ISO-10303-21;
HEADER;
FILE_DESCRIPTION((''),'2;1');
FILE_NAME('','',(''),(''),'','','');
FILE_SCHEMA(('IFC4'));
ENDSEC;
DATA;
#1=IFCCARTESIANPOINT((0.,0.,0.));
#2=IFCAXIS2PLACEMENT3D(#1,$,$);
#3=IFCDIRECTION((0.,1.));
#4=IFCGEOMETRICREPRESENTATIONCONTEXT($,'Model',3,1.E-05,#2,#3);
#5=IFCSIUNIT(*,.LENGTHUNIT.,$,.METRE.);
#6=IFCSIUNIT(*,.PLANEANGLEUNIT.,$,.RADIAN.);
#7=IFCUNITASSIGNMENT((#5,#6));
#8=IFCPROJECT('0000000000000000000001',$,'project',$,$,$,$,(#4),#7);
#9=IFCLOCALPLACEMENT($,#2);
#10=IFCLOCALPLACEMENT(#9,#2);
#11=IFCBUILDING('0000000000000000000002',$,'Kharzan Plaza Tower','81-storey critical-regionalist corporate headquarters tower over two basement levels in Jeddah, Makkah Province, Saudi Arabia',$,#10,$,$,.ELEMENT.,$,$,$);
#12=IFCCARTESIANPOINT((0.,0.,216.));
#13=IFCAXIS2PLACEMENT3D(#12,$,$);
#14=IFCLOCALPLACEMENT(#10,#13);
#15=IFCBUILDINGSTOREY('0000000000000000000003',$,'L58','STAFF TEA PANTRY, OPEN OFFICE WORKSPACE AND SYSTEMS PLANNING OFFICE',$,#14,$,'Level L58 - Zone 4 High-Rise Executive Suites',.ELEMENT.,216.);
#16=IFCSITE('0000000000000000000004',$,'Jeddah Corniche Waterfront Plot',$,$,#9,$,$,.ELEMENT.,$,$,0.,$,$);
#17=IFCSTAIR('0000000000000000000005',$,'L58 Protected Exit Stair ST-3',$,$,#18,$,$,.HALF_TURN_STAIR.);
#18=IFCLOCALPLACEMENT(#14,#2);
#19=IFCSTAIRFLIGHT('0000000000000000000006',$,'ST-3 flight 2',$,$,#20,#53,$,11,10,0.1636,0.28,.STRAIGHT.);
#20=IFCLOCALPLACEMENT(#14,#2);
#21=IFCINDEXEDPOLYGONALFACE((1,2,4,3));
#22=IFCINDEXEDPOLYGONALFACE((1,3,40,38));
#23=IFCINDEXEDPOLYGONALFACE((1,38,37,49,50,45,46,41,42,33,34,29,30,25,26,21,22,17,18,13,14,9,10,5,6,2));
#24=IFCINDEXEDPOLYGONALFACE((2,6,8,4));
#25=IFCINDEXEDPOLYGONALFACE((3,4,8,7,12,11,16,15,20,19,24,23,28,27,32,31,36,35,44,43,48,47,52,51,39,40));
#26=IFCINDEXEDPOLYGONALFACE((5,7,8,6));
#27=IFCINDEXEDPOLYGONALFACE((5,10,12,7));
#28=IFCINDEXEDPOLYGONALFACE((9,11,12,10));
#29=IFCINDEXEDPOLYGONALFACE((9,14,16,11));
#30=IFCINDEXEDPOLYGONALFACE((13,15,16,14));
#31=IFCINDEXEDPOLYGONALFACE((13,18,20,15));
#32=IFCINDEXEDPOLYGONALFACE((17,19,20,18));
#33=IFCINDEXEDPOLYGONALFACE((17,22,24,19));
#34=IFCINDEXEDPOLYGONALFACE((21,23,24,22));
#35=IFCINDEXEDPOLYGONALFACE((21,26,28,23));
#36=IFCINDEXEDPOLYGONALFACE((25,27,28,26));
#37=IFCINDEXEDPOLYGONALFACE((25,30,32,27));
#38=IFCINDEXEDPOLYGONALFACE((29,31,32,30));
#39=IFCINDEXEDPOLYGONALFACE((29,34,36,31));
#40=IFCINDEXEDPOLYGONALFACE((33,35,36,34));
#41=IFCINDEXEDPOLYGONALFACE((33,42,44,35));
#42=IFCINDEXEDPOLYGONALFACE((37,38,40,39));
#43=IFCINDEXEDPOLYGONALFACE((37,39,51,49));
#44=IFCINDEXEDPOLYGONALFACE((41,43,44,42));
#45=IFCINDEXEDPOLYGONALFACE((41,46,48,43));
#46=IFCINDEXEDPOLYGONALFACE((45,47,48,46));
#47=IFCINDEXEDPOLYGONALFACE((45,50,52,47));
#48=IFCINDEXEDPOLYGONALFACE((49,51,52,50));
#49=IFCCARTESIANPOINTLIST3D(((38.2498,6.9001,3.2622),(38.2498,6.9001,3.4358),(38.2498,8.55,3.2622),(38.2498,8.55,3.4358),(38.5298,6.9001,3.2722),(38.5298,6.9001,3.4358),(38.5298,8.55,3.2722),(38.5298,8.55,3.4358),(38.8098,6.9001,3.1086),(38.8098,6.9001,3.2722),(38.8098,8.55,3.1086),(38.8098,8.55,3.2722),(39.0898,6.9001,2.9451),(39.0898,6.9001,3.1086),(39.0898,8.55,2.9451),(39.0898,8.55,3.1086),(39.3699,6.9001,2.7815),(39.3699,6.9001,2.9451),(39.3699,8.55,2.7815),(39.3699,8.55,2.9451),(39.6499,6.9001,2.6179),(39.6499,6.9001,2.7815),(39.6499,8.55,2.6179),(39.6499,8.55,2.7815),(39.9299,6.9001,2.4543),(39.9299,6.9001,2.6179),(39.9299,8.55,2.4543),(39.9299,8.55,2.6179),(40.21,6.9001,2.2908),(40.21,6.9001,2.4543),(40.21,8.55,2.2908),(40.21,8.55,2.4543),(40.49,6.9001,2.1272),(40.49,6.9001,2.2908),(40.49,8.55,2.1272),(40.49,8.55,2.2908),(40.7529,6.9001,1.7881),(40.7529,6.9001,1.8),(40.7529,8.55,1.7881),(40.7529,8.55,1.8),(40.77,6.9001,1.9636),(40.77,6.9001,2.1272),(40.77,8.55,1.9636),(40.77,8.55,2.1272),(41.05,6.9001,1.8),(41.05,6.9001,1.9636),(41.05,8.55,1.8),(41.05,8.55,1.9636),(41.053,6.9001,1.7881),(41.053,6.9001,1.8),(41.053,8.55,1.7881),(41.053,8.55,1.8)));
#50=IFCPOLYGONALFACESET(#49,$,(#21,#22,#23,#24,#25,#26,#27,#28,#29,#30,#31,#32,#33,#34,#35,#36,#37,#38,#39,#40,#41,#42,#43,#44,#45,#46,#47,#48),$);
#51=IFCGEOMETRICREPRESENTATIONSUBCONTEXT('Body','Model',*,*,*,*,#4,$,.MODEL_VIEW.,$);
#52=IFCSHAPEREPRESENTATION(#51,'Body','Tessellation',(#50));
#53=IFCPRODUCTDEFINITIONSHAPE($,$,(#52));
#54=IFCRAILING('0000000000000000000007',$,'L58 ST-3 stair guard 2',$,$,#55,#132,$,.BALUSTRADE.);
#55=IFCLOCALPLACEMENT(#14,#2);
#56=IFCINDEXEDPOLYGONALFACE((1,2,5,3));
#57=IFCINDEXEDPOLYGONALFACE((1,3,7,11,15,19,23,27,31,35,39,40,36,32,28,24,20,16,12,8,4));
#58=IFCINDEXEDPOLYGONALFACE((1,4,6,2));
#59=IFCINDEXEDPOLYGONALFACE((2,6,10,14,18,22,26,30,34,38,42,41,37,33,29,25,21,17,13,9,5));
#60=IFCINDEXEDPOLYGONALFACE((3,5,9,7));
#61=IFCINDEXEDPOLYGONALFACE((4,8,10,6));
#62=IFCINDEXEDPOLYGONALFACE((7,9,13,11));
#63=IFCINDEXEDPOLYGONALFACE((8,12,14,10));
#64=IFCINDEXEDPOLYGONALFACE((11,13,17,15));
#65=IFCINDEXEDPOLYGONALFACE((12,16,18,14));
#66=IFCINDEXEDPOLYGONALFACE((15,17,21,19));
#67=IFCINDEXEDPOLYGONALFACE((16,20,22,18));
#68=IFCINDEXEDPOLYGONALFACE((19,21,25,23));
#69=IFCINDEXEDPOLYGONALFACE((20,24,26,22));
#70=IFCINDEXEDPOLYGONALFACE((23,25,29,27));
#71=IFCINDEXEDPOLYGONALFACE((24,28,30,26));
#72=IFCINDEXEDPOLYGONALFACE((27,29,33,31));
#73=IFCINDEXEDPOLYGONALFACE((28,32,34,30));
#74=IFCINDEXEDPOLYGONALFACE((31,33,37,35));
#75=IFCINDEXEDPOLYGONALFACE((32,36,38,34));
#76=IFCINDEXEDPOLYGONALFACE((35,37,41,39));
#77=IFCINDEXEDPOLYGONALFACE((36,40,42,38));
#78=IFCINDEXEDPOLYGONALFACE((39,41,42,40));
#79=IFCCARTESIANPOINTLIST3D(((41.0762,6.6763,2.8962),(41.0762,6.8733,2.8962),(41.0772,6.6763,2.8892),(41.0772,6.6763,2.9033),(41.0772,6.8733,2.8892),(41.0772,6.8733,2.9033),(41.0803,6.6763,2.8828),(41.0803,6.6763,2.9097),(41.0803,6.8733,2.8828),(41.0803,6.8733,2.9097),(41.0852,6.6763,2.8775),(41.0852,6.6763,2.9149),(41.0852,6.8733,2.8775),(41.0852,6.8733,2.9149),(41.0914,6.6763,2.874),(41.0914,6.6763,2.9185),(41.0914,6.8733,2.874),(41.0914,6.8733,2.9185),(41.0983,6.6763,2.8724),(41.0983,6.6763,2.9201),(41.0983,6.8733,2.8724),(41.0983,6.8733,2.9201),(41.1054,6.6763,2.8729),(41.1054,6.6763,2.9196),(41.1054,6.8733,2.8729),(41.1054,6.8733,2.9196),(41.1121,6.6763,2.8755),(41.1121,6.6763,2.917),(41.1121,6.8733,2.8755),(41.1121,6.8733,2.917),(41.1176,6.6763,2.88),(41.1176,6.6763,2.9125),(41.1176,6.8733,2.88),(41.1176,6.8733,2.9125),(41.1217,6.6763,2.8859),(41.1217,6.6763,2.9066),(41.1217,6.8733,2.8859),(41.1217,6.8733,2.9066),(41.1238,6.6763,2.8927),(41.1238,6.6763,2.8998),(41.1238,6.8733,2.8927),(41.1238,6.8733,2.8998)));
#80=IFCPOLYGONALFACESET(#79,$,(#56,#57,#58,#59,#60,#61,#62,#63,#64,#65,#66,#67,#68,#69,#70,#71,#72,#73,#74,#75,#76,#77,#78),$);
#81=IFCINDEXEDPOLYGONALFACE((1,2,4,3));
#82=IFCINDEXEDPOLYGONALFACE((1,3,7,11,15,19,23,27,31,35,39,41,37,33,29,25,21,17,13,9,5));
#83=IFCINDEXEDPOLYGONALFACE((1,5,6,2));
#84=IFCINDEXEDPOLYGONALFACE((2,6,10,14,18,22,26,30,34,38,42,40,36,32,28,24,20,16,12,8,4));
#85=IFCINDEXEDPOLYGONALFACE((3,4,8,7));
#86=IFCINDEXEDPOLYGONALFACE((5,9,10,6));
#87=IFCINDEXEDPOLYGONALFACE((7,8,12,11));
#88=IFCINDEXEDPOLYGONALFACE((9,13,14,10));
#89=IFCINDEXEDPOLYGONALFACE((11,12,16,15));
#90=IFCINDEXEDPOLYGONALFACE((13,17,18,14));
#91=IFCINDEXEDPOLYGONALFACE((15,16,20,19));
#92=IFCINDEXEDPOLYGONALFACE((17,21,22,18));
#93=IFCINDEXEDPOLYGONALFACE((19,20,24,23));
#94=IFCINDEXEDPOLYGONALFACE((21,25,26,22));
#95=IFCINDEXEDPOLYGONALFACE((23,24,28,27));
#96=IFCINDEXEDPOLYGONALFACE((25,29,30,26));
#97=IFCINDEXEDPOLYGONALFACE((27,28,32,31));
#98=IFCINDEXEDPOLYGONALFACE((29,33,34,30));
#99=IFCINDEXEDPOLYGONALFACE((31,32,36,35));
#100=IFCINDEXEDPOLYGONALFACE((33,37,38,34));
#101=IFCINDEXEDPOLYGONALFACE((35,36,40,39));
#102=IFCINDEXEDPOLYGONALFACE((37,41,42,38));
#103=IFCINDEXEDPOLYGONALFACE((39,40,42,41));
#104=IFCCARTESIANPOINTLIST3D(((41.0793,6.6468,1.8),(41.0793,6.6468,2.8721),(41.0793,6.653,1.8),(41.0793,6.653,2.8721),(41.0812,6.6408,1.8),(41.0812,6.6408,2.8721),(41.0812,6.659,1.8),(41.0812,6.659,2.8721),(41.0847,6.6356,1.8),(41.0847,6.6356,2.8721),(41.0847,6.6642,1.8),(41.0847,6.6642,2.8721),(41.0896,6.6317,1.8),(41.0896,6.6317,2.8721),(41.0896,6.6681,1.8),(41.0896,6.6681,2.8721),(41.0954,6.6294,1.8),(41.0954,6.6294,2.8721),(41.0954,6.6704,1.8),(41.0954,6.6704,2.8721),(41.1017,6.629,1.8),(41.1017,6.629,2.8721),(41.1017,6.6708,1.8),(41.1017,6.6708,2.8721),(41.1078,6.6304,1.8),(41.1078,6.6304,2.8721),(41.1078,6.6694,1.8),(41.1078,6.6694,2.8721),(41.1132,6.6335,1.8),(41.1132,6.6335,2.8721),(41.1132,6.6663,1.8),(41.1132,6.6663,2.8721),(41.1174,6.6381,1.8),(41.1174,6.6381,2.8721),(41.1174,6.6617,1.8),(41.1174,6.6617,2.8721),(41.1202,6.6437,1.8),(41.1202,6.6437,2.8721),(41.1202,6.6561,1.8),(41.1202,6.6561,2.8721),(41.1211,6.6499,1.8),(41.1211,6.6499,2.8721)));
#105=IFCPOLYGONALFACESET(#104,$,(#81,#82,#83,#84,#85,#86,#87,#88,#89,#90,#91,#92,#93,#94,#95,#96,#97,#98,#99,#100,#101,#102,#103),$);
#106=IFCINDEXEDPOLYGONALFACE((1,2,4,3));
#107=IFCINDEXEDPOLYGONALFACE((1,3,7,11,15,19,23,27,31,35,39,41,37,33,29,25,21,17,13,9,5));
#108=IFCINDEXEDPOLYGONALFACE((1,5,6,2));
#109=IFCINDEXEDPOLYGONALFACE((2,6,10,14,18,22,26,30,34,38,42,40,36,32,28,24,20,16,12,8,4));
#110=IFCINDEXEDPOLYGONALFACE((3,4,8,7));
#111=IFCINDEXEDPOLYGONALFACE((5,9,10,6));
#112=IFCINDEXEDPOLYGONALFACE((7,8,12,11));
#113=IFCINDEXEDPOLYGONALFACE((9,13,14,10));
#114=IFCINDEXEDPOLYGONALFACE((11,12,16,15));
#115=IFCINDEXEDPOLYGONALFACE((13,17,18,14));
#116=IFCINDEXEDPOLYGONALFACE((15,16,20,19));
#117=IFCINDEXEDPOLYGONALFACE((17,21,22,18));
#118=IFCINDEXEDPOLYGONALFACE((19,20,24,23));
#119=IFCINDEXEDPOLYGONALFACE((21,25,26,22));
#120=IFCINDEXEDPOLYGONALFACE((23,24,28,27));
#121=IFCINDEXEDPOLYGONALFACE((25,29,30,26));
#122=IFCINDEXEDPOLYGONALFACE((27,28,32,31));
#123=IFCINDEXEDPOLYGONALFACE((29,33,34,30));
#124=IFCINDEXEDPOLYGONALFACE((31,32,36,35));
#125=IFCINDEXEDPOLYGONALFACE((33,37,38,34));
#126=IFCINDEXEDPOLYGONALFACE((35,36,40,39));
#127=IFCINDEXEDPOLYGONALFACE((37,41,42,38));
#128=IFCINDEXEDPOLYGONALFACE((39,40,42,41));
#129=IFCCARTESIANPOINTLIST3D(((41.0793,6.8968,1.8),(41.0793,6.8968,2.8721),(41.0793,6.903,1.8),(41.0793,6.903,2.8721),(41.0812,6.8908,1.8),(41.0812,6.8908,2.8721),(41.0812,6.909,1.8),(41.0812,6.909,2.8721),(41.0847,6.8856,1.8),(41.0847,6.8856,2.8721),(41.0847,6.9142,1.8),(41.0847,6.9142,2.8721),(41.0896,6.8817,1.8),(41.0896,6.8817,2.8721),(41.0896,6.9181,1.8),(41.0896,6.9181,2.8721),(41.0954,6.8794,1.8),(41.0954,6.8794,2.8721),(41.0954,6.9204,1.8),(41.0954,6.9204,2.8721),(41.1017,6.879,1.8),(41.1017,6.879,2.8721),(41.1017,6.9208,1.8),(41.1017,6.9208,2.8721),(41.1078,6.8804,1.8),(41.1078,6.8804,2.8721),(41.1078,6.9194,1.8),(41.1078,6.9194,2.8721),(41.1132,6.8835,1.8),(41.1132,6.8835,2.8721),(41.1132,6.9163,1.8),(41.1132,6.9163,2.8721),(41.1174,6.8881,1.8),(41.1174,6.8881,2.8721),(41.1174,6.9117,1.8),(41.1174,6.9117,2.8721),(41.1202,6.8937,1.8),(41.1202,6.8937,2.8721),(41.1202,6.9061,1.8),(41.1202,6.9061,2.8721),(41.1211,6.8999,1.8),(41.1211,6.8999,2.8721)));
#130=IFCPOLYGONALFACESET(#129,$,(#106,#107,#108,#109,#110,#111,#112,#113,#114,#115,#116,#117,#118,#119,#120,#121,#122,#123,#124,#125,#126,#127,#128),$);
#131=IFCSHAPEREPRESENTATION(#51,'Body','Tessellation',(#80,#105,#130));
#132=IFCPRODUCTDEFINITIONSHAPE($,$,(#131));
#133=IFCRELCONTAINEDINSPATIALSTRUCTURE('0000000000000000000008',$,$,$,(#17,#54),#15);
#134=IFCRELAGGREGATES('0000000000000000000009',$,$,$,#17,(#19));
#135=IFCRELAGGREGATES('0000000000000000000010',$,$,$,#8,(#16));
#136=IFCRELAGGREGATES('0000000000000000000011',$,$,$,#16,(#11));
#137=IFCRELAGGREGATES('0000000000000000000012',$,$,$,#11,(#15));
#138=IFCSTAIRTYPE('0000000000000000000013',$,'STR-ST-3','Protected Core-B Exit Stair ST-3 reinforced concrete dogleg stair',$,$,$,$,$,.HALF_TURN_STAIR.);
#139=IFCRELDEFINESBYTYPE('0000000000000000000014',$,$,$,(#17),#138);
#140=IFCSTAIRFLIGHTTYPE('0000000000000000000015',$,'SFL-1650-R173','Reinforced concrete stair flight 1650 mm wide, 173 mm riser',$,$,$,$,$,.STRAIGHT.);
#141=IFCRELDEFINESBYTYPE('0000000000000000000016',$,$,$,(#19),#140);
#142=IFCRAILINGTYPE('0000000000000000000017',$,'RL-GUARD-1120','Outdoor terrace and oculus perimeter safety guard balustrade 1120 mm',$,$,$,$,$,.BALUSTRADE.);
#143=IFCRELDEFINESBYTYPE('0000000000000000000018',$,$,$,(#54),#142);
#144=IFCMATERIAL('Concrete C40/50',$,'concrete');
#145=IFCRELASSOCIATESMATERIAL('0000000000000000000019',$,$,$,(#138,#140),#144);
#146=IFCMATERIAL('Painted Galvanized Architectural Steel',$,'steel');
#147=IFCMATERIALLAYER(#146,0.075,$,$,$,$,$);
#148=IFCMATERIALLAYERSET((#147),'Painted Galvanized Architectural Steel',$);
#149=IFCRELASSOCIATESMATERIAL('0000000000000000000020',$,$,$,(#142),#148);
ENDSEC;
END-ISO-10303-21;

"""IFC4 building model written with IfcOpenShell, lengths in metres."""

from ifc_helpers import new_model, si_unit, direction, frame, origin, origin_2d, place, context, subcontext, project, spatial, polyline, circle, outline, extrude, source, transform, mapped, material, layer, layer_set, type_object, element, aggregate, save


model = new_model("IFC4")

# Units and contexts
model_context = context("Model", 3, precision=1e-05, world=origin(), true_north=direction((0.0, 1.0)))
body_context = subcontext(model_context, "Body", "Model", "MODEL_VIEW")
ifc_project = project(units=[si_unit("LENGTHUNIT", "METRE"), si_unit("PLANEANGLEUNIT", "RADIAN")], contexts=[model_context])

# Site, building, storey
site_placement = place(None, origin())
site = spatial("IfcSite", under=ifc_project, at=site_placement, Name="Jeddah Corniche Waterfront Plot", CompositionType="ELEMENT", RefElevation=0.0)
building_placement = place(site_placement, origin())
building = spatial("IfcBuilding", under=site, at=building_placement, Name="Kharzan Plaza Tower", Description="81-storey critical-regionalist corporate headquarters tower over two basement levels in Jeddah, Makkah Province, Saudi Arabia", CompositionType="ELEMENT")
storey_placement = place(building_placement, frame((0.0, 0.0, 216.0)))
storey = spatial("IfcBuildingStorey", under=building, at=storey_placement, Name="L58", Description="STAFF TEA PANTRY, OPEN OFFICE WORKSPACE AND SYSTEMS PLANNING OFFICE", LongName="Level L58 - Zone 4 High-Rise Executive Suites", CompositionType="ELEMENT", Elevation=216.0)

# Shared definitions
ifc_material_1 = material(Name="Concrete C40/50", Category="concrete")

# Stair, stair flight
stair_type = type_object("IfcStairType", Name="STR-ST-3", Description="Protected Core-B Exit Stair ST-3 reinforced concrete dogleg stair", PredefinedType="HALF_TURN_STAIR", material=ifc_material_1)
stair_placement = place(storey_placement, origin())
stair = element("IfcStair", 1, at=stair_placement, inside=storey, type_object=stair_type, Name="L58 Protected Exit Stair ST-3", PredefinedType="HALF_TURN_STAIR")
stair_flight_type = type_object("IfcStairFlightType", Name="SFL-1650-R173", Description="Reinforced concrete stair flight 1650 mm wide, 173 mm riser", PredefinedType="STRAIGHT", material=ifc_material_1)
shared_shape_1 = source(origin(), body_context, "Body", "SweptSolid", [
    extrude(outline(polyline([(-0.0029, -0.012), (-0.0029, 0.0), (0.0, 0.0), (0.0, 0.1636), (0.28, 0.1636), (0.28, 0.3271), (0.5601, 0.3271), (0.5601, 0.4907), (0.8401, 0.4907), (0.8401, 0.6543), (1.1201, 0.6543), (1.1201, 0.8179), (1.4001, 0.8179), (1.4001, 0.9814), (1.6802, 0.9814), (1.6802, 1.145), (1.9602, 1.145), (1.9602, 1.3086), (2.2402, 1.3086), (2.2402, 1.4722), (2.5203, 1.4722), (2.5203, 1.6357), (2.8003, 1.6357), (2.8003, 1.7993), (2.8003, 1.4622), (0.2971, 0.0), (0.2971, -0.012), (-0.0029, -0.012)])), frame((0.0, 0.825, 0.0), z_axis=(0.0, -1.0, 0.0), x_axis=(1.0, 0.0, 0.0)), (0.0, 0.0, 1.0), 1.6499),
])
stair_flight_placement = place(storey_placement, frame((41.05, 7.7251, 1.8), z_axis=(0.0, 0.0, 1.0), x_axis=(-1.0, 0.0, 0.0)))
stair_flight = element("IfcStairFlight", 2, at=stair_flight_placement, type_object=stair_flight_type, Name="ST-3 flight 2", NumberOfRisers=11, NumberOfTreads=10, PredefinedType="STRAIGHT", RiserHeight=0.1636, TreadLength=0.28, context=body_context, shape_type="MappedRepresentation", body=[
    mapped(shared_shape_1, transform((0.0, 0.0, 0.0), x_axis=(1.0, 0.0, 0.0), y_axis=(0.0, 1.0, 0.0), z_axis=(0.0, 0.0, 1.0))),
])
aggregate(stair, [stair_flight])

# Railing
ifc_material_2 = material(Name="Painted Galvanized Architectural Steel", Category="steel")
ifc_layer_1 = layer(ifc_material_2, 0.075)
ifc_layer_set_1 = layer_set([ifc_layer_1], Name="Painted Galvanized Architectural Steel")
railing_type_1 = type_object("IfcRailingType", Name="RL-GUARD-1120", Description="Outdoor terrace and oculus perimeter safety guard balustrade 1120 mm", PredefinedType="BALUSTRADE", material=ifc_layer_set_1)
shared_shape_2 = source(origin(), body_context, "Body", "SweptSolid", [
    extrude(circle(Radius=0.0239, at=origin_2d()), frame((0.0, 0.0264, 1.0962), z_axis=(0.0, 1.0, 0.0), x_axis=(-1.0, 0.0, 0.0)), (0.0, 0.0, 1.0), 0.197),
    extrude(circle(Radius=0.021, at=origin_2d()), origin(), (0.0, 0.0, 1.0), 1.072),
    extrude(circle(Radius=0.021, at=origin_2d()), frame((0.0, 0.25, 0.0)), (0.0, 0.0, 1.0), 1.072),
])
railing_1_placement = place(storey_placement, frame((41.1001, 6.6499, 1.8)))
element("IfcRailing", 3, at=railing_1_placement, inside=storey, type_object=railing_type_1, Name="L58 ST-3 stair guard 2", PredefinedType="BALUSTRADE", context=body_context, shape_type="MappedRepresentation", body=[
    mapped(shared_shape_2, transform((0.0, 0.0, 0.0), x_axis=(1.0, 0.0, 0.0), y_axis=(0.0, 1.0, 0.0), z_axis=(0.0, 0.0, 1.0))),
])

save(model, "model.ifc")
